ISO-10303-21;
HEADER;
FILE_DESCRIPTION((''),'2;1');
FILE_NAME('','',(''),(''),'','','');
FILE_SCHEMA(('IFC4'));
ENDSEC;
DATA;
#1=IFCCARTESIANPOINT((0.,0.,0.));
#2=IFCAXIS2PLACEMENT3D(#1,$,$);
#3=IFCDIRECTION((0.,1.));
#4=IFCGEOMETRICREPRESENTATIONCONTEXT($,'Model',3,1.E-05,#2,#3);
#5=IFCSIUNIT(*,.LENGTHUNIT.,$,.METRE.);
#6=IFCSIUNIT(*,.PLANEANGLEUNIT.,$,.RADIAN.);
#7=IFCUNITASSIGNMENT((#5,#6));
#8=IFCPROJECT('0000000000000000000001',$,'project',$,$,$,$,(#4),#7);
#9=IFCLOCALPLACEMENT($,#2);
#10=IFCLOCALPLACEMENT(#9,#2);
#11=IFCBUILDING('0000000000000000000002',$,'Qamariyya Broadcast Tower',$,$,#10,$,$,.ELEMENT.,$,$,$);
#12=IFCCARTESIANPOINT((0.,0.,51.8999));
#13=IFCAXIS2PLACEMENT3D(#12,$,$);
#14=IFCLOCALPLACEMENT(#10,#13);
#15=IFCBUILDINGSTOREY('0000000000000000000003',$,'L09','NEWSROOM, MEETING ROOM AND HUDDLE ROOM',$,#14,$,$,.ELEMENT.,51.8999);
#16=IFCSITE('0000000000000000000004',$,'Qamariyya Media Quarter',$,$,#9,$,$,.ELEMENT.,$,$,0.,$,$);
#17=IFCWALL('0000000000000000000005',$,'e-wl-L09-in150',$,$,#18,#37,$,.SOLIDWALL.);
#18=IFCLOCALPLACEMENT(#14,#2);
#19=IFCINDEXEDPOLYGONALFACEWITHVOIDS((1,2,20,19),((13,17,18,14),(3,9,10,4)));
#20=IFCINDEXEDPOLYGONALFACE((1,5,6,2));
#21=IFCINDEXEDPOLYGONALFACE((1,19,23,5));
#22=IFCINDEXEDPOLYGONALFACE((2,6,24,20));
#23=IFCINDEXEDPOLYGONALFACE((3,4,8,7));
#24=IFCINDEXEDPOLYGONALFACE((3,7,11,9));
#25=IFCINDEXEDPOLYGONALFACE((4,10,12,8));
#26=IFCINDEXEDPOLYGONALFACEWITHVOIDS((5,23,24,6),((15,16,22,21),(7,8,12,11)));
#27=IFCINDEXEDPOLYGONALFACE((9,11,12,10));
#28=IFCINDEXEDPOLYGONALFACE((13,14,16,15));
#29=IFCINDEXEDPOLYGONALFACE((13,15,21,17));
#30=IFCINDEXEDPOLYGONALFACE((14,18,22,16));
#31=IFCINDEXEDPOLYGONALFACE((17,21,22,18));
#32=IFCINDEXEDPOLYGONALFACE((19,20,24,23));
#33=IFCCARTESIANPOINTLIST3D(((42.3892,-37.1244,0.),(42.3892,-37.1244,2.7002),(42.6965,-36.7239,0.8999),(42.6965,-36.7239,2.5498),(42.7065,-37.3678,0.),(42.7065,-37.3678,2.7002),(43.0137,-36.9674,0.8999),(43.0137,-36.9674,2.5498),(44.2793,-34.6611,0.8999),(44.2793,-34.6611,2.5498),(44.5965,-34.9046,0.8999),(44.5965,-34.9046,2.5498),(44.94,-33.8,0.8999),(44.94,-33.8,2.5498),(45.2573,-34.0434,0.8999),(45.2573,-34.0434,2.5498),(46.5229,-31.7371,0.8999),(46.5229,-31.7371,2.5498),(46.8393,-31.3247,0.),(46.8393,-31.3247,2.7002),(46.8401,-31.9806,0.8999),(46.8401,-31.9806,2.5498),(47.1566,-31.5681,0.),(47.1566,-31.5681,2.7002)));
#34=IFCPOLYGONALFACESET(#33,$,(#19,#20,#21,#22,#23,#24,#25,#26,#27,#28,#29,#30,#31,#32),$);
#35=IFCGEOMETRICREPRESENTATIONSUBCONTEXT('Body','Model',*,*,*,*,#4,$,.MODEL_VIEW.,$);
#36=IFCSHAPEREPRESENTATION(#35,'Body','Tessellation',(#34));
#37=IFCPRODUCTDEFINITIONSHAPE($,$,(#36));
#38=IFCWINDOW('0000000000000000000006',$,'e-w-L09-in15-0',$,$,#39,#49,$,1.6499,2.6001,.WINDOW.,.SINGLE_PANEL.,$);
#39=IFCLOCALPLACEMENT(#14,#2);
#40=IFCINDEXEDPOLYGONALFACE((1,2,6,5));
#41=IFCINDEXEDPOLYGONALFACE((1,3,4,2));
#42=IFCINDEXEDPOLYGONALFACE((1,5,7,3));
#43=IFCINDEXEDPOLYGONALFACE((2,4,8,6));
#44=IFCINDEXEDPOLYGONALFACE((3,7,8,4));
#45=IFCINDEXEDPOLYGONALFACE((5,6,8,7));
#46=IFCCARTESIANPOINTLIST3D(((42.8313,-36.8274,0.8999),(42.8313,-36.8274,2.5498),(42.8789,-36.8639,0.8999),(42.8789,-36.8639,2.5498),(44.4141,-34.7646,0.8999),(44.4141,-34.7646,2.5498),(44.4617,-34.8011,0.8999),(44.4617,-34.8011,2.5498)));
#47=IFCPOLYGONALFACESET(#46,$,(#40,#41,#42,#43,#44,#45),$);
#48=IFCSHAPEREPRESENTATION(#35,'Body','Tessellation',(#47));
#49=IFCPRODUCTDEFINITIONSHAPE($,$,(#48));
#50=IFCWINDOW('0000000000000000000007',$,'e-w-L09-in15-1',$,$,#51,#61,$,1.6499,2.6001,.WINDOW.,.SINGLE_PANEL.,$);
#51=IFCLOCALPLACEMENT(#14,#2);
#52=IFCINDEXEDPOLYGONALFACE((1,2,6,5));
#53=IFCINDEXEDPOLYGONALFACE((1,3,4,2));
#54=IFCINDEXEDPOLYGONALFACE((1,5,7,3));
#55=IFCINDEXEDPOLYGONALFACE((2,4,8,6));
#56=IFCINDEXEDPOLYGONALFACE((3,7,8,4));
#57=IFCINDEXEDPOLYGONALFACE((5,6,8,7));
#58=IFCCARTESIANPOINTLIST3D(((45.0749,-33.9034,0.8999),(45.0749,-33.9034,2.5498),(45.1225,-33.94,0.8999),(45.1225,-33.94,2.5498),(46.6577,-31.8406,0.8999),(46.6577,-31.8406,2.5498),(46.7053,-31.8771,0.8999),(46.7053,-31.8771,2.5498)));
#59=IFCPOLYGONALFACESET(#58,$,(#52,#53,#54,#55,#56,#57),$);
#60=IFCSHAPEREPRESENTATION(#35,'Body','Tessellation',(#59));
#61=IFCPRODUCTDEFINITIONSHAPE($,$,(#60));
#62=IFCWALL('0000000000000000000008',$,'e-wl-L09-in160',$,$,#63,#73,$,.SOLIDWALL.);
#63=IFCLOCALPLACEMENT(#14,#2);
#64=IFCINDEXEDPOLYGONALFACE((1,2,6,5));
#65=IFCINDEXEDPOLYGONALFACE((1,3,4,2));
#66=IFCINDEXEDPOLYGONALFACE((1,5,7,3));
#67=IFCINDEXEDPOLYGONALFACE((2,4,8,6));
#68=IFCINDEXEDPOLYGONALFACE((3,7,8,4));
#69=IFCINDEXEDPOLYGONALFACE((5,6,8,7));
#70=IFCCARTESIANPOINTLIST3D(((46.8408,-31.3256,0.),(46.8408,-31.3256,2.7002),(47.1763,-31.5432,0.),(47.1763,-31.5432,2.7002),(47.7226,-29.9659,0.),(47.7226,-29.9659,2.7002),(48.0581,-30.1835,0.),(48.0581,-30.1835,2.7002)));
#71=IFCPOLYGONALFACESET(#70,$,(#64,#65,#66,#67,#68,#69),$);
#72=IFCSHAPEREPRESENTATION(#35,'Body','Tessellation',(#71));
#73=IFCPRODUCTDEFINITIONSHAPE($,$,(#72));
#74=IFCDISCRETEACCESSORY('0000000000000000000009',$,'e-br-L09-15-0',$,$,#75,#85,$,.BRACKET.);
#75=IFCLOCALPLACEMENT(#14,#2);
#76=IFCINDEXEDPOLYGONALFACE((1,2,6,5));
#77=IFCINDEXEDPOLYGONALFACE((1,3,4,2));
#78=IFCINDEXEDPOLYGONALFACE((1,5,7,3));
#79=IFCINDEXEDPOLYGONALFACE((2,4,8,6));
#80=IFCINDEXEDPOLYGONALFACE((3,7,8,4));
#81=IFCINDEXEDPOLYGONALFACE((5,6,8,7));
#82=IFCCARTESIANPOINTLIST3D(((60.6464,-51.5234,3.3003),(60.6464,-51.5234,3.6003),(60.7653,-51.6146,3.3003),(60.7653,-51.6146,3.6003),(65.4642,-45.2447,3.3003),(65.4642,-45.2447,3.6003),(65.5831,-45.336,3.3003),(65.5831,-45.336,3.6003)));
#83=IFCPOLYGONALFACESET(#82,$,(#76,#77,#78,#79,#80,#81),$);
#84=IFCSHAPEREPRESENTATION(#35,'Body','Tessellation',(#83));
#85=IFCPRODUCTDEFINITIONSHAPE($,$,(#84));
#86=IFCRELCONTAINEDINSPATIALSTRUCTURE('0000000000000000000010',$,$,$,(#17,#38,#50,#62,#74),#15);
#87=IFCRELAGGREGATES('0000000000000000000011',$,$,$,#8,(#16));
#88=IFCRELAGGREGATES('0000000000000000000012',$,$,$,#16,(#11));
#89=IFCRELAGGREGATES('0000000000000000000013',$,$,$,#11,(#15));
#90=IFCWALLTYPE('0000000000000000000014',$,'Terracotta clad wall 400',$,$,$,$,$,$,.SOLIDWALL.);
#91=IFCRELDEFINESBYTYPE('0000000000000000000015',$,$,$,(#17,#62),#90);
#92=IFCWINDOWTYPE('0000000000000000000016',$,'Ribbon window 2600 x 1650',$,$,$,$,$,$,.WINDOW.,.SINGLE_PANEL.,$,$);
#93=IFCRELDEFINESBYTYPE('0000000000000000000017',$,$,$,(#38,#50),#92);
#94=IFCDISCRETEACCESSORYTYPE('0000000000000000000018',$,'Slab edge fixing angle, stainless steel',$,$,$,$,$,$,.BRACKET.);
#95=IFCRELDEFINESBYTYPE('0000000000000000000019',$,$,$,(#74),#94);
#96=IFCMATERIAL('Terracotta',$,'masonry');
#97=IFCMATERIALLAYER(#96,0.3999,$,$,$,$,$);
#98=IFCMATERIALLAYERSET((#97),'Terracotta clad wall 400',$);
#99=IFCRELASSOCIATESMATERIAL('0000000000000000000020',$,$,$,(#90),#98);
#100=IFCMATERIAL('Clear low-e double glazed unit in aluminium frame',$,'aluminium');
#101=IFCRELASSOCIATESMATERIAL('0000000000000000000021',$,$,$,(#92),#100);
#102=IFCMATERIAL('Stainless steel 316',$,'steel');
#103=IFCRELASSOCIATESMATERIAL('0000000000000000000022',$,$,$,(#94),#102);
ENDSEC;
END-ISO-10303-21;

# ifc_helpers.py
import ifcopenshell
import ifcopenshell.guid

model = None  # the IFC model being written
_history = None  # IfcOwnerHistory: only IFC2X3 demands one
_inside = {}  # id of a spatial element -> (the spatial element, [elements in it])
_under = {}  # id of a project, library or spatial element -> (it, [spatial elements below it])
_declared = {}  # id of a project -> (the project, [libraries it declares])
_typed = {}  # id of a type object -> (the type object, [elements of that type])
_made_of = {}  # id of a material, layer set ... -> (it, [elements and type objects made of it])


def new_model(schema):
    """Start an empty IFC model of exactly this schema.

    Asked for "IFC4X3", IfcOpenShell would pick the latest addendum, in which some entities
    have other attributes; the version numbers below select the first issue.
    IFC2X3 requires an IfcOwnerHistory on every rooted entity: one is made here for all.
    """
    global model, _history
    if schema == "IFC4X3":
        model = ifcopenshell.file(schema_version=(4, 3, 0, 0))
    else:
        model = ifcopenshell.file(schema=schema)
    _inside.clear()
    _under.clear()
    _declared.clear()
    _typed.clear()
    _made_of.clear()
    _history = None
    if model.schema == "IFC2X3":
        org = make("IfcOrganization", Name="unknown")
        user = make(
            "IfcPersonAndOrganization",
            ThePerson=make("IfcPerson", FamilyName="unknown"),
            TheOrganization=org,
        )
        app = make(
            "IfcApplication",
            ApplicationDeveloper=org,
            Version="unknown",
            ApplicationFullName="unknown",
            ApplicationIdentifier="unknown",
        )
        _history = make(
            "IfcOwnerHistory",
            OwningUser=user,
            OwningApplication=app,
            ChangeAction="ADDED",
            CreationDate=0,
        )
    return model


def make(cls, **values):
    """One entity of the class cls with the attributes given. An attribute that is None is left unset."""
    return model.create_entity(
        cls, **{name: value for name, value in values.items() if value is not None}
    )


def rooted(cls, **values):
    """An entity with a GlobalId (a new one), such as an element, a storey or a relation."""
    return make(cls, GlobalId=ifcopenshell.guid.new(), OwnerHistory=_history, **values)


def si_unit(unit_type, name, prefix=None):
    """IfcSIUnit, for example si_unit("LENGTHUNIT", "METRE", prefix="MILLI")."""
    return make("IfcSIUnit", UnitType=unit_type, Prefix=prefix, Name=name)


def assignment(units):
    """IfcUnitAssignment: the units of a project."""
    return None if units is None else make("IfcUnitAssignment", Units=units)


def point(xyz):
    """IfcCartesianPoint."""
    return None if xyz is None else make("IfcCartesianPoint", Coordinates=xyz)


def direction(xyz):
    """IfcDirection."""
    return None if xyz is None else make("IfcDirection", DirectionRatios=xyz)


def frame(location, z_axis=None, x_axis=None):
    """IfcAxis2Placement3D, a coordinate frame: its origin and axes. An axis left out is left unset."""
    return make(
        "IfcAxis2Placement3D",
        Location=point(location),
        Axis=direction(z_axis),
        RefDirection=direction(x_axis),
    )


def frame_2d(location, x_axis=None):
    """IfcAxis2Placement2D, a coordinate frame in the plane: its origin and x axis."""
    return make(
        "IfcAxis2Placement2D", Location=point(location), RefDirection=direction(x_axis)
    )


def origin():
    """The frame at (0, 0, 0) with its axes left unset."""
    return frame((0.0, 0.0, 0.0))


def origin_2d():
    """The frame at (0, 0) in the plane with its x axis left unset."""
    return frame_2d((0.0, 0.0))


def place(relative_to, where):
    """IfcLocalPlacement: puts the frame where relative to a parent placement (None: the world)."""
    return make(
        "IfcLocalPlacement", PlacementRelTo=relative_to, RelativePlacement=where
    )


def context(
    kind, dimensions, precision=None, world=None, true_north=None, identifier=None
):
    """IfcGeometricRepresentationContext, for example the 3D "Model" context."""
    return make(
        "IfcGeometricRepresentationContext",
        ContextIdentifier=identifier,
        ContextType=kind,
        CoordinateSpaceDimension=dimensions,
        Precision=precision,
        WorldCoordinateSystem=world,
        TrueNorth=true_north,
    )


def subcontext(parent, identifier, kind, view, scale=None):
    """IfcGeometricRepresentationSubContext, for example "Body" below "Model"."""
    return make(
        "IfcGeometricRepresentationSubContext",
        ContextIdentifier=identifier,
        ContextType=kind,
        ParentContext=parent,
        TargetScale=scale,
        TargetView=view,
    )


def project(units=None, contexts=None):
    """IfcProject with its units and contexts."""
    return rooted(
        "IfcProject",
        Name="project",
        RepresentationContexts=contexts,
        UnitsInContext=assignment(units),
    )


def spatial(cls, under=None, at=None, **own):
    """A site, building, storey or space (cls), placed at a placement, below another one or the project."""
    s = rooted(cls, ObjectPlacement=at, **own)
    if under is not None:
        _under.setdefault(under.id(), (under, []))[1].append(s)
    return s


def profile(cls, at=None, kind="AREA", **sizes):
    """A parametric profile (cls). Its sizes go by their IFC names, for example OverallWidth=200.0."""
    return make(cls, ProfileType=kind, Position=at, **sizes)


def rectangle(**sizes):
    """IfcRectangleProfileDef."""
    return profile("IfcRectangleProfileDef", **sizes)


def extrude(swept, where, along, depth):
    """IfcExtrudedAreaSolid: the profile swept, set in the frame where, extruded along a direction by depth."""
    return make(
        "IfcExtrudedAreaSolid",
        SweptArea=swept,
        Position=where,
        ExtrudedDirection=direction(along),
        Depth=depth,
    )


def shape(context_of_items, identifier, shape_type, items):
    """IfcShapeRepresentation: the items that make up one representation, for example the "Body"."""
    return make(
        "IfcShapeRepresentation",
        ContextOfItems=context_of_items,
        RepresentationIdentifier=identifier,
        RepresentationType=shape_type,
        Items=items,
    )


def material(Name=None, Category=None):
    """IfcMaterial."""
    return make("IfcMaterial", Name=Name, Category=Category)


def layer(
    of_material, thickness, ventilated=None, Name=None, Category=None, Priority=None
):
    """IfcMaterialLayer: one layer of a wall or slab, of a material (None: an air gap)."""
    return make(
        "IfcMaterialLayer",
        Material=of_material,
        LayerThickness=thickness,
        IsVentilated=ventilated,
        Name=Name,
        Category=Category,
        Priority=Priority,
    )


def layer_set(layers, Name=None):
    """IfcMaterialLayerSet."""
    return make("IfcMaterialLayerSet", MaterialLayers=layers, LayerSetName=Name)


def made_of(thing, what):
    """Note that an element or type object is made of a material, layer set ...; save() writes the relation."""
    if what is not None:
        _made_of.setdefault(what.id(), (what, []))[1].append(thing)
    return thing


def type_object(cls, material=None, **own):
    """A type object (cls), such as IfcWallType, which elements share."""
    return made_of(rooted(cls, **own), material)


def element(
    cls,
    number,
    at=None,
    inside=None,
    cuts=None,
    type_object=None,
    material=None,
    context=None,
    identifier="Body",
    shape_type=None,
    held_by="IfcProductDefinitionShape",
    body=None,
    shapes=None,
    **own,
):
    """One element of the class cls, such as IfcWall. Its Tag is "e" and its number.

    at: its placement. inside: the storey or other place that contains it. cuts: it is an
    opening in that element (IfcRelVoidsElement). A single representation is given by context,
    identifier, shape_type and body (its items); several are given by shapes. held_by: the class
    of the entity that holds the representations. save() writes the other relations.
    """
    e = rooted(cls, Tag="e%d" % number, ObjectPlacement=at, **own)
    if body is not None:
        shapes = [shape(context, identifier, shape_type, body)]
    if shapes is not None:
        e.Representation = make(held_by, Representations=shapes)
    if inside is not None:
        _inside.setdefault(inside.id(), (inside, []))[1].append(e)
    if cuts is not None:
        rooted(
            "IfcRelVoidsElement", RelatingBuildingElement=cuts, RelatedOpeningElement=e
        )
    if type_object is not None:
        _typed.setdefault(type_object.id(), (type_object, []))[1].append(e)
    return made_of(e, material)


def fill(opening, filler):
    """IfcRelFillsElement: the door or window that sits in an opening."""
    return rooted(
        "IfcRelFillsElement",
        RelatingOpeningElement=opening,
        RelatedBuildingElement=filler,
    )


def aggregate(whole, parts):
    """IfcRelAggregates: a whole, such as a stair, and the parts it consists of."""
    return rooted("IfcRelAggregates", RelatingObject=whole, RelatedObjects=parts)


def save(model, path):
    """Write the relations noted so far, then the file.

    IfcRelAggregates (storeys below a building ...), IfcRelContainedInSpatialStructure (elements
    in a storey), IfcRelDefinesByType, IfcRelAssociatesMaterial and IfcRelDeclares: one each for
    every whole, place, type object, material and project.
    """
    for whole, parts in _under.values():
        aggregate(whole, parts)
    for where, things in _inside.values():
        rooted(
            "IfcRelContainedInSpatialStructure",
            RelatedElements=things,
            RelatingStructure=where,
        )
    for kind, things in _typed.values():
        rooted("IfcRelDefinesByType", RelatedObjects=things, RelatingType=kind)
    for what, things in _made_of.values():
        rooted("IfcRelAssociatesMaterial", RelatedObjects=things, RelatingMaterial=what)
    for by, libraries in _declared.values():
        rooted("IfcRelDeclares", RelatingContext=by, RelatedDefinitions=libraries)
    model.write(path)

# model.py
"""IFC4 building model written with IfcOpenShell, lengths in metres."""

from ifc_helpers import new_model, si_unit, direction, frame, frame_2d, origin, origin_2d, place, context, subcontext, project, spatial, rectangle, extrude, material, layer, layer_set, type_object, element, fill, save


model = new_model("IFC4")

# Units and contexts
model_context = context("Model", 3, precision=1e-05, world=origin(), true_north=direction((0.0, 1.0)))
body_context = subcontext(model_context, "Body", "Model", "MODEL_VIEW")
ifc_project = project(units=[si_unit("LENGTHUNIT", "METRE"), si_unit("PLANEANGLEUNIT", "RADIAN")], contexts=[model_context])

# Site, building, storey
site_placement = place(None, origin())
site = spatial("IfcSite", under=ifc_project, at=site_placement, Name="Qamariyya Media Quarter", CompositionType="ELEMENT", RefElevation=0.0)
building_placement = place(site_placement, origin())
building = spatial("IfcBuilding", under=site, at=building_placement, Name="Qamariyya Broadcast Tower", CompositionType="ELEMENT")
storey_placement = place(building_placement, frame((0.0, 0.0, 51.8999)))
storey = spatial("IfcBuildingStorey", under=building, at=storey_placement, Name="L09", Description="NEWSROOM, MEETING ROOM AND HUDDLE ROOM", CompositionType="ELEMENT", Elevation=51.8999)

# Shared definitions
ifc_material_1 = material(Name="Terracotta", Category="masonry")
ifc_layer = layer(ifc_material_1, 0.3999)
ifc_layer_set = layer_set([ifc_layer], Name="Terracotta clad wall 400")
wall_type = type_object("IfcWallType", Name="Terracotta clad wall 400", PredefinedType="SOLIDWALL", material=ifc_layer_set)
ifc_material_2 = material(Name="Clear low-e double glazed unit in aluminium frame", Category="aluminium")

# Wall, openings, windows
wall_1_placement = place(storey_placement, frame((46.998, -31.4463, 0.0), z_axis=(0.0, 0.0, 1.0), x_axis=(-0.608748, -0.793363, 0.0)))
wall_1 = element("IfcWall", 1, at=wall_1_placement, inside=storey, type_object=wall_type, Name="e-wl-L09-in150", PredefinedType="SOLIDWALL", context=body_context, shape_type="SweptSolid", body=[
    extrude(rectangle(XDim=7.3103, YDim=0.3999, at=frame_2d((3.6553, 0.0))), origin(), (0.0, 0.0, 1.0), 2.7002),
])
opening_1_placement = place(wall_1_placement, frame((4.2056, 0.0, 0.8999)))
opening_1 = element("IfcOpeningElement", 2, at=opening_1_placement, cuts=wall_1, PredefinedType="OPENING", context=body_context, shape_type="SweptSolid", body=[
    extrude(rectangle(XDim=2.6001, YDim=1.6499, at=frame_2d((1.3, 0.825))), frame((0.0, 0.21, 0.0), z_axis=(0.0, -1.0, 0.0), x_axis=(1.0, 0.0, 0.0)), (0.0, 0.0, 1.0), 0.4199),
])
opening_2_placement = place(wall_1_placement, frame((0.52, 0.0, 0.8999)))
opening_2 = element("IfcOpeningElement", 3, at=opening_2_placement, cuts=wall_1, PredefinedType="OPENING", context=body_context, shape_type="SweptSolid", body=[
    extrude(rectangle(XDim=2.6001, YDim=1.6499, at=frame_2d((1.3, 0.825))), frame((0.0, 0.21, 0.0), z_axis=(0.0, -1.0, 0.0), x_axis=(1.0, 0.0, 0.0)), (0.0, 0.0, 1.0), 0.4199),
])
window_type_1 = type_object("IfcWindowType", Name="Ribbon window 2600 x 1650", PartitioningType="SINGLE_PANEL", PredefinedType="WINDOW", material=ifc_material_2)
window_1_placement = place(opening_1_placement, origin())
window_1 = element("IfcWindow", 4, at=window_1_placement, inside=storey, type_object=window_type_1, Name="e-w-L09-in15-0", OverallHeight=1.6499, OverallWidth=2.6001, PartitioningType="SINGLE_PANEL", PredefinedType="WINDOW", context=body_context, shape_type="SweptSolid", body=[
    extrude(rectangle(XDim=2.6001, YDim=1.6499, at=frame_2d((1.3, 0.825))), frame((0.0, 0.03, 0.0), z_axis=(0.0, -1.0, 0.0), x_axis=(1.0, 0.0, 0.0)), (0.0, 0.0, 1.0), 0.0601),
])
fill(opening_1, window_1)
window_2_placement = place(opening_2_placement, origin())
window_2 = element("IfcWindow", 5, at=window_2_placement, inside=storey, type_object=window_type_1, Name="e-w-L09-in15-1", OverallHeight=1.6499, OverallWidth=2.6001, PartitioningType="SINGLE_PANEL", PredefinedType="WINDOW", context=body_context, shape_type="SweptSolid", body=[
    extrude(rectangle(XDim=2.6001, YDim=1.6499, at=frame_2d((1.3, 0.825))), frame((0.0, 0.03, 0.0), z_axis=(0.0, -1.0, 0.0), x_axis=(1.0, 0.0, 0.0)), (0.0, 0.0, 1.0), 0.0601),
])
fill(opening_2, window_2)

# Wall
wall_2_placement = place(storey_placement, frame((47.8904, -30.0747, 0.0), z_axis=(0.0, 0.0, 1.0), x_axis=(-0.544157, -0.838984, 0.0)))
element("IfcWall", 6, at=wall_2_placement, inside=storey, type_object=wall_type, Name="e-wl-L09-in160", PredefinedType="SOLIDWALL", context=body_context, shape_type="SweptSolid", body=[
    extrude(rectangle(XDim=1.6206, YDim=0.3999, at=frame_2d((0.8103, 0.0))), origin(), (0.0, 0.0, 1.0), 2.7002),
])

# Discrete accessory
ifc_material_3 = material(Name="Stainless steel 316", Category="steel")
discrete_accessory_type = type_object("IfcDiscreteAccessoryType", Name="Slab edge fixing angle, stainless steel", PredefinedType="BRACKET", material=ifc_material_3)
discrete_accessory_placement = place(storey_placement, frame((63.1147, -48.4297, 3.3003), z_axis=(0.0, 0.0, 1.0), x_axis=(0.608761, 0.793353, 0.0)))
element("IfcDiscreteAccessory", 7, at=discrete_accessory_placement, inside=storey, type_object=discrete_accessory_type, Name="e-br-L09-15-0", PredefinedType="BRACKET", context=body_context, shape_type="SweptSolid", body=[
    extrude(rectangle(XDim=7.9141, YDim=0.1499, at=origin_2d()), origin(), (0.0, 0.0, 1.0), 0.3),
])

save(model, "model.ifc")
